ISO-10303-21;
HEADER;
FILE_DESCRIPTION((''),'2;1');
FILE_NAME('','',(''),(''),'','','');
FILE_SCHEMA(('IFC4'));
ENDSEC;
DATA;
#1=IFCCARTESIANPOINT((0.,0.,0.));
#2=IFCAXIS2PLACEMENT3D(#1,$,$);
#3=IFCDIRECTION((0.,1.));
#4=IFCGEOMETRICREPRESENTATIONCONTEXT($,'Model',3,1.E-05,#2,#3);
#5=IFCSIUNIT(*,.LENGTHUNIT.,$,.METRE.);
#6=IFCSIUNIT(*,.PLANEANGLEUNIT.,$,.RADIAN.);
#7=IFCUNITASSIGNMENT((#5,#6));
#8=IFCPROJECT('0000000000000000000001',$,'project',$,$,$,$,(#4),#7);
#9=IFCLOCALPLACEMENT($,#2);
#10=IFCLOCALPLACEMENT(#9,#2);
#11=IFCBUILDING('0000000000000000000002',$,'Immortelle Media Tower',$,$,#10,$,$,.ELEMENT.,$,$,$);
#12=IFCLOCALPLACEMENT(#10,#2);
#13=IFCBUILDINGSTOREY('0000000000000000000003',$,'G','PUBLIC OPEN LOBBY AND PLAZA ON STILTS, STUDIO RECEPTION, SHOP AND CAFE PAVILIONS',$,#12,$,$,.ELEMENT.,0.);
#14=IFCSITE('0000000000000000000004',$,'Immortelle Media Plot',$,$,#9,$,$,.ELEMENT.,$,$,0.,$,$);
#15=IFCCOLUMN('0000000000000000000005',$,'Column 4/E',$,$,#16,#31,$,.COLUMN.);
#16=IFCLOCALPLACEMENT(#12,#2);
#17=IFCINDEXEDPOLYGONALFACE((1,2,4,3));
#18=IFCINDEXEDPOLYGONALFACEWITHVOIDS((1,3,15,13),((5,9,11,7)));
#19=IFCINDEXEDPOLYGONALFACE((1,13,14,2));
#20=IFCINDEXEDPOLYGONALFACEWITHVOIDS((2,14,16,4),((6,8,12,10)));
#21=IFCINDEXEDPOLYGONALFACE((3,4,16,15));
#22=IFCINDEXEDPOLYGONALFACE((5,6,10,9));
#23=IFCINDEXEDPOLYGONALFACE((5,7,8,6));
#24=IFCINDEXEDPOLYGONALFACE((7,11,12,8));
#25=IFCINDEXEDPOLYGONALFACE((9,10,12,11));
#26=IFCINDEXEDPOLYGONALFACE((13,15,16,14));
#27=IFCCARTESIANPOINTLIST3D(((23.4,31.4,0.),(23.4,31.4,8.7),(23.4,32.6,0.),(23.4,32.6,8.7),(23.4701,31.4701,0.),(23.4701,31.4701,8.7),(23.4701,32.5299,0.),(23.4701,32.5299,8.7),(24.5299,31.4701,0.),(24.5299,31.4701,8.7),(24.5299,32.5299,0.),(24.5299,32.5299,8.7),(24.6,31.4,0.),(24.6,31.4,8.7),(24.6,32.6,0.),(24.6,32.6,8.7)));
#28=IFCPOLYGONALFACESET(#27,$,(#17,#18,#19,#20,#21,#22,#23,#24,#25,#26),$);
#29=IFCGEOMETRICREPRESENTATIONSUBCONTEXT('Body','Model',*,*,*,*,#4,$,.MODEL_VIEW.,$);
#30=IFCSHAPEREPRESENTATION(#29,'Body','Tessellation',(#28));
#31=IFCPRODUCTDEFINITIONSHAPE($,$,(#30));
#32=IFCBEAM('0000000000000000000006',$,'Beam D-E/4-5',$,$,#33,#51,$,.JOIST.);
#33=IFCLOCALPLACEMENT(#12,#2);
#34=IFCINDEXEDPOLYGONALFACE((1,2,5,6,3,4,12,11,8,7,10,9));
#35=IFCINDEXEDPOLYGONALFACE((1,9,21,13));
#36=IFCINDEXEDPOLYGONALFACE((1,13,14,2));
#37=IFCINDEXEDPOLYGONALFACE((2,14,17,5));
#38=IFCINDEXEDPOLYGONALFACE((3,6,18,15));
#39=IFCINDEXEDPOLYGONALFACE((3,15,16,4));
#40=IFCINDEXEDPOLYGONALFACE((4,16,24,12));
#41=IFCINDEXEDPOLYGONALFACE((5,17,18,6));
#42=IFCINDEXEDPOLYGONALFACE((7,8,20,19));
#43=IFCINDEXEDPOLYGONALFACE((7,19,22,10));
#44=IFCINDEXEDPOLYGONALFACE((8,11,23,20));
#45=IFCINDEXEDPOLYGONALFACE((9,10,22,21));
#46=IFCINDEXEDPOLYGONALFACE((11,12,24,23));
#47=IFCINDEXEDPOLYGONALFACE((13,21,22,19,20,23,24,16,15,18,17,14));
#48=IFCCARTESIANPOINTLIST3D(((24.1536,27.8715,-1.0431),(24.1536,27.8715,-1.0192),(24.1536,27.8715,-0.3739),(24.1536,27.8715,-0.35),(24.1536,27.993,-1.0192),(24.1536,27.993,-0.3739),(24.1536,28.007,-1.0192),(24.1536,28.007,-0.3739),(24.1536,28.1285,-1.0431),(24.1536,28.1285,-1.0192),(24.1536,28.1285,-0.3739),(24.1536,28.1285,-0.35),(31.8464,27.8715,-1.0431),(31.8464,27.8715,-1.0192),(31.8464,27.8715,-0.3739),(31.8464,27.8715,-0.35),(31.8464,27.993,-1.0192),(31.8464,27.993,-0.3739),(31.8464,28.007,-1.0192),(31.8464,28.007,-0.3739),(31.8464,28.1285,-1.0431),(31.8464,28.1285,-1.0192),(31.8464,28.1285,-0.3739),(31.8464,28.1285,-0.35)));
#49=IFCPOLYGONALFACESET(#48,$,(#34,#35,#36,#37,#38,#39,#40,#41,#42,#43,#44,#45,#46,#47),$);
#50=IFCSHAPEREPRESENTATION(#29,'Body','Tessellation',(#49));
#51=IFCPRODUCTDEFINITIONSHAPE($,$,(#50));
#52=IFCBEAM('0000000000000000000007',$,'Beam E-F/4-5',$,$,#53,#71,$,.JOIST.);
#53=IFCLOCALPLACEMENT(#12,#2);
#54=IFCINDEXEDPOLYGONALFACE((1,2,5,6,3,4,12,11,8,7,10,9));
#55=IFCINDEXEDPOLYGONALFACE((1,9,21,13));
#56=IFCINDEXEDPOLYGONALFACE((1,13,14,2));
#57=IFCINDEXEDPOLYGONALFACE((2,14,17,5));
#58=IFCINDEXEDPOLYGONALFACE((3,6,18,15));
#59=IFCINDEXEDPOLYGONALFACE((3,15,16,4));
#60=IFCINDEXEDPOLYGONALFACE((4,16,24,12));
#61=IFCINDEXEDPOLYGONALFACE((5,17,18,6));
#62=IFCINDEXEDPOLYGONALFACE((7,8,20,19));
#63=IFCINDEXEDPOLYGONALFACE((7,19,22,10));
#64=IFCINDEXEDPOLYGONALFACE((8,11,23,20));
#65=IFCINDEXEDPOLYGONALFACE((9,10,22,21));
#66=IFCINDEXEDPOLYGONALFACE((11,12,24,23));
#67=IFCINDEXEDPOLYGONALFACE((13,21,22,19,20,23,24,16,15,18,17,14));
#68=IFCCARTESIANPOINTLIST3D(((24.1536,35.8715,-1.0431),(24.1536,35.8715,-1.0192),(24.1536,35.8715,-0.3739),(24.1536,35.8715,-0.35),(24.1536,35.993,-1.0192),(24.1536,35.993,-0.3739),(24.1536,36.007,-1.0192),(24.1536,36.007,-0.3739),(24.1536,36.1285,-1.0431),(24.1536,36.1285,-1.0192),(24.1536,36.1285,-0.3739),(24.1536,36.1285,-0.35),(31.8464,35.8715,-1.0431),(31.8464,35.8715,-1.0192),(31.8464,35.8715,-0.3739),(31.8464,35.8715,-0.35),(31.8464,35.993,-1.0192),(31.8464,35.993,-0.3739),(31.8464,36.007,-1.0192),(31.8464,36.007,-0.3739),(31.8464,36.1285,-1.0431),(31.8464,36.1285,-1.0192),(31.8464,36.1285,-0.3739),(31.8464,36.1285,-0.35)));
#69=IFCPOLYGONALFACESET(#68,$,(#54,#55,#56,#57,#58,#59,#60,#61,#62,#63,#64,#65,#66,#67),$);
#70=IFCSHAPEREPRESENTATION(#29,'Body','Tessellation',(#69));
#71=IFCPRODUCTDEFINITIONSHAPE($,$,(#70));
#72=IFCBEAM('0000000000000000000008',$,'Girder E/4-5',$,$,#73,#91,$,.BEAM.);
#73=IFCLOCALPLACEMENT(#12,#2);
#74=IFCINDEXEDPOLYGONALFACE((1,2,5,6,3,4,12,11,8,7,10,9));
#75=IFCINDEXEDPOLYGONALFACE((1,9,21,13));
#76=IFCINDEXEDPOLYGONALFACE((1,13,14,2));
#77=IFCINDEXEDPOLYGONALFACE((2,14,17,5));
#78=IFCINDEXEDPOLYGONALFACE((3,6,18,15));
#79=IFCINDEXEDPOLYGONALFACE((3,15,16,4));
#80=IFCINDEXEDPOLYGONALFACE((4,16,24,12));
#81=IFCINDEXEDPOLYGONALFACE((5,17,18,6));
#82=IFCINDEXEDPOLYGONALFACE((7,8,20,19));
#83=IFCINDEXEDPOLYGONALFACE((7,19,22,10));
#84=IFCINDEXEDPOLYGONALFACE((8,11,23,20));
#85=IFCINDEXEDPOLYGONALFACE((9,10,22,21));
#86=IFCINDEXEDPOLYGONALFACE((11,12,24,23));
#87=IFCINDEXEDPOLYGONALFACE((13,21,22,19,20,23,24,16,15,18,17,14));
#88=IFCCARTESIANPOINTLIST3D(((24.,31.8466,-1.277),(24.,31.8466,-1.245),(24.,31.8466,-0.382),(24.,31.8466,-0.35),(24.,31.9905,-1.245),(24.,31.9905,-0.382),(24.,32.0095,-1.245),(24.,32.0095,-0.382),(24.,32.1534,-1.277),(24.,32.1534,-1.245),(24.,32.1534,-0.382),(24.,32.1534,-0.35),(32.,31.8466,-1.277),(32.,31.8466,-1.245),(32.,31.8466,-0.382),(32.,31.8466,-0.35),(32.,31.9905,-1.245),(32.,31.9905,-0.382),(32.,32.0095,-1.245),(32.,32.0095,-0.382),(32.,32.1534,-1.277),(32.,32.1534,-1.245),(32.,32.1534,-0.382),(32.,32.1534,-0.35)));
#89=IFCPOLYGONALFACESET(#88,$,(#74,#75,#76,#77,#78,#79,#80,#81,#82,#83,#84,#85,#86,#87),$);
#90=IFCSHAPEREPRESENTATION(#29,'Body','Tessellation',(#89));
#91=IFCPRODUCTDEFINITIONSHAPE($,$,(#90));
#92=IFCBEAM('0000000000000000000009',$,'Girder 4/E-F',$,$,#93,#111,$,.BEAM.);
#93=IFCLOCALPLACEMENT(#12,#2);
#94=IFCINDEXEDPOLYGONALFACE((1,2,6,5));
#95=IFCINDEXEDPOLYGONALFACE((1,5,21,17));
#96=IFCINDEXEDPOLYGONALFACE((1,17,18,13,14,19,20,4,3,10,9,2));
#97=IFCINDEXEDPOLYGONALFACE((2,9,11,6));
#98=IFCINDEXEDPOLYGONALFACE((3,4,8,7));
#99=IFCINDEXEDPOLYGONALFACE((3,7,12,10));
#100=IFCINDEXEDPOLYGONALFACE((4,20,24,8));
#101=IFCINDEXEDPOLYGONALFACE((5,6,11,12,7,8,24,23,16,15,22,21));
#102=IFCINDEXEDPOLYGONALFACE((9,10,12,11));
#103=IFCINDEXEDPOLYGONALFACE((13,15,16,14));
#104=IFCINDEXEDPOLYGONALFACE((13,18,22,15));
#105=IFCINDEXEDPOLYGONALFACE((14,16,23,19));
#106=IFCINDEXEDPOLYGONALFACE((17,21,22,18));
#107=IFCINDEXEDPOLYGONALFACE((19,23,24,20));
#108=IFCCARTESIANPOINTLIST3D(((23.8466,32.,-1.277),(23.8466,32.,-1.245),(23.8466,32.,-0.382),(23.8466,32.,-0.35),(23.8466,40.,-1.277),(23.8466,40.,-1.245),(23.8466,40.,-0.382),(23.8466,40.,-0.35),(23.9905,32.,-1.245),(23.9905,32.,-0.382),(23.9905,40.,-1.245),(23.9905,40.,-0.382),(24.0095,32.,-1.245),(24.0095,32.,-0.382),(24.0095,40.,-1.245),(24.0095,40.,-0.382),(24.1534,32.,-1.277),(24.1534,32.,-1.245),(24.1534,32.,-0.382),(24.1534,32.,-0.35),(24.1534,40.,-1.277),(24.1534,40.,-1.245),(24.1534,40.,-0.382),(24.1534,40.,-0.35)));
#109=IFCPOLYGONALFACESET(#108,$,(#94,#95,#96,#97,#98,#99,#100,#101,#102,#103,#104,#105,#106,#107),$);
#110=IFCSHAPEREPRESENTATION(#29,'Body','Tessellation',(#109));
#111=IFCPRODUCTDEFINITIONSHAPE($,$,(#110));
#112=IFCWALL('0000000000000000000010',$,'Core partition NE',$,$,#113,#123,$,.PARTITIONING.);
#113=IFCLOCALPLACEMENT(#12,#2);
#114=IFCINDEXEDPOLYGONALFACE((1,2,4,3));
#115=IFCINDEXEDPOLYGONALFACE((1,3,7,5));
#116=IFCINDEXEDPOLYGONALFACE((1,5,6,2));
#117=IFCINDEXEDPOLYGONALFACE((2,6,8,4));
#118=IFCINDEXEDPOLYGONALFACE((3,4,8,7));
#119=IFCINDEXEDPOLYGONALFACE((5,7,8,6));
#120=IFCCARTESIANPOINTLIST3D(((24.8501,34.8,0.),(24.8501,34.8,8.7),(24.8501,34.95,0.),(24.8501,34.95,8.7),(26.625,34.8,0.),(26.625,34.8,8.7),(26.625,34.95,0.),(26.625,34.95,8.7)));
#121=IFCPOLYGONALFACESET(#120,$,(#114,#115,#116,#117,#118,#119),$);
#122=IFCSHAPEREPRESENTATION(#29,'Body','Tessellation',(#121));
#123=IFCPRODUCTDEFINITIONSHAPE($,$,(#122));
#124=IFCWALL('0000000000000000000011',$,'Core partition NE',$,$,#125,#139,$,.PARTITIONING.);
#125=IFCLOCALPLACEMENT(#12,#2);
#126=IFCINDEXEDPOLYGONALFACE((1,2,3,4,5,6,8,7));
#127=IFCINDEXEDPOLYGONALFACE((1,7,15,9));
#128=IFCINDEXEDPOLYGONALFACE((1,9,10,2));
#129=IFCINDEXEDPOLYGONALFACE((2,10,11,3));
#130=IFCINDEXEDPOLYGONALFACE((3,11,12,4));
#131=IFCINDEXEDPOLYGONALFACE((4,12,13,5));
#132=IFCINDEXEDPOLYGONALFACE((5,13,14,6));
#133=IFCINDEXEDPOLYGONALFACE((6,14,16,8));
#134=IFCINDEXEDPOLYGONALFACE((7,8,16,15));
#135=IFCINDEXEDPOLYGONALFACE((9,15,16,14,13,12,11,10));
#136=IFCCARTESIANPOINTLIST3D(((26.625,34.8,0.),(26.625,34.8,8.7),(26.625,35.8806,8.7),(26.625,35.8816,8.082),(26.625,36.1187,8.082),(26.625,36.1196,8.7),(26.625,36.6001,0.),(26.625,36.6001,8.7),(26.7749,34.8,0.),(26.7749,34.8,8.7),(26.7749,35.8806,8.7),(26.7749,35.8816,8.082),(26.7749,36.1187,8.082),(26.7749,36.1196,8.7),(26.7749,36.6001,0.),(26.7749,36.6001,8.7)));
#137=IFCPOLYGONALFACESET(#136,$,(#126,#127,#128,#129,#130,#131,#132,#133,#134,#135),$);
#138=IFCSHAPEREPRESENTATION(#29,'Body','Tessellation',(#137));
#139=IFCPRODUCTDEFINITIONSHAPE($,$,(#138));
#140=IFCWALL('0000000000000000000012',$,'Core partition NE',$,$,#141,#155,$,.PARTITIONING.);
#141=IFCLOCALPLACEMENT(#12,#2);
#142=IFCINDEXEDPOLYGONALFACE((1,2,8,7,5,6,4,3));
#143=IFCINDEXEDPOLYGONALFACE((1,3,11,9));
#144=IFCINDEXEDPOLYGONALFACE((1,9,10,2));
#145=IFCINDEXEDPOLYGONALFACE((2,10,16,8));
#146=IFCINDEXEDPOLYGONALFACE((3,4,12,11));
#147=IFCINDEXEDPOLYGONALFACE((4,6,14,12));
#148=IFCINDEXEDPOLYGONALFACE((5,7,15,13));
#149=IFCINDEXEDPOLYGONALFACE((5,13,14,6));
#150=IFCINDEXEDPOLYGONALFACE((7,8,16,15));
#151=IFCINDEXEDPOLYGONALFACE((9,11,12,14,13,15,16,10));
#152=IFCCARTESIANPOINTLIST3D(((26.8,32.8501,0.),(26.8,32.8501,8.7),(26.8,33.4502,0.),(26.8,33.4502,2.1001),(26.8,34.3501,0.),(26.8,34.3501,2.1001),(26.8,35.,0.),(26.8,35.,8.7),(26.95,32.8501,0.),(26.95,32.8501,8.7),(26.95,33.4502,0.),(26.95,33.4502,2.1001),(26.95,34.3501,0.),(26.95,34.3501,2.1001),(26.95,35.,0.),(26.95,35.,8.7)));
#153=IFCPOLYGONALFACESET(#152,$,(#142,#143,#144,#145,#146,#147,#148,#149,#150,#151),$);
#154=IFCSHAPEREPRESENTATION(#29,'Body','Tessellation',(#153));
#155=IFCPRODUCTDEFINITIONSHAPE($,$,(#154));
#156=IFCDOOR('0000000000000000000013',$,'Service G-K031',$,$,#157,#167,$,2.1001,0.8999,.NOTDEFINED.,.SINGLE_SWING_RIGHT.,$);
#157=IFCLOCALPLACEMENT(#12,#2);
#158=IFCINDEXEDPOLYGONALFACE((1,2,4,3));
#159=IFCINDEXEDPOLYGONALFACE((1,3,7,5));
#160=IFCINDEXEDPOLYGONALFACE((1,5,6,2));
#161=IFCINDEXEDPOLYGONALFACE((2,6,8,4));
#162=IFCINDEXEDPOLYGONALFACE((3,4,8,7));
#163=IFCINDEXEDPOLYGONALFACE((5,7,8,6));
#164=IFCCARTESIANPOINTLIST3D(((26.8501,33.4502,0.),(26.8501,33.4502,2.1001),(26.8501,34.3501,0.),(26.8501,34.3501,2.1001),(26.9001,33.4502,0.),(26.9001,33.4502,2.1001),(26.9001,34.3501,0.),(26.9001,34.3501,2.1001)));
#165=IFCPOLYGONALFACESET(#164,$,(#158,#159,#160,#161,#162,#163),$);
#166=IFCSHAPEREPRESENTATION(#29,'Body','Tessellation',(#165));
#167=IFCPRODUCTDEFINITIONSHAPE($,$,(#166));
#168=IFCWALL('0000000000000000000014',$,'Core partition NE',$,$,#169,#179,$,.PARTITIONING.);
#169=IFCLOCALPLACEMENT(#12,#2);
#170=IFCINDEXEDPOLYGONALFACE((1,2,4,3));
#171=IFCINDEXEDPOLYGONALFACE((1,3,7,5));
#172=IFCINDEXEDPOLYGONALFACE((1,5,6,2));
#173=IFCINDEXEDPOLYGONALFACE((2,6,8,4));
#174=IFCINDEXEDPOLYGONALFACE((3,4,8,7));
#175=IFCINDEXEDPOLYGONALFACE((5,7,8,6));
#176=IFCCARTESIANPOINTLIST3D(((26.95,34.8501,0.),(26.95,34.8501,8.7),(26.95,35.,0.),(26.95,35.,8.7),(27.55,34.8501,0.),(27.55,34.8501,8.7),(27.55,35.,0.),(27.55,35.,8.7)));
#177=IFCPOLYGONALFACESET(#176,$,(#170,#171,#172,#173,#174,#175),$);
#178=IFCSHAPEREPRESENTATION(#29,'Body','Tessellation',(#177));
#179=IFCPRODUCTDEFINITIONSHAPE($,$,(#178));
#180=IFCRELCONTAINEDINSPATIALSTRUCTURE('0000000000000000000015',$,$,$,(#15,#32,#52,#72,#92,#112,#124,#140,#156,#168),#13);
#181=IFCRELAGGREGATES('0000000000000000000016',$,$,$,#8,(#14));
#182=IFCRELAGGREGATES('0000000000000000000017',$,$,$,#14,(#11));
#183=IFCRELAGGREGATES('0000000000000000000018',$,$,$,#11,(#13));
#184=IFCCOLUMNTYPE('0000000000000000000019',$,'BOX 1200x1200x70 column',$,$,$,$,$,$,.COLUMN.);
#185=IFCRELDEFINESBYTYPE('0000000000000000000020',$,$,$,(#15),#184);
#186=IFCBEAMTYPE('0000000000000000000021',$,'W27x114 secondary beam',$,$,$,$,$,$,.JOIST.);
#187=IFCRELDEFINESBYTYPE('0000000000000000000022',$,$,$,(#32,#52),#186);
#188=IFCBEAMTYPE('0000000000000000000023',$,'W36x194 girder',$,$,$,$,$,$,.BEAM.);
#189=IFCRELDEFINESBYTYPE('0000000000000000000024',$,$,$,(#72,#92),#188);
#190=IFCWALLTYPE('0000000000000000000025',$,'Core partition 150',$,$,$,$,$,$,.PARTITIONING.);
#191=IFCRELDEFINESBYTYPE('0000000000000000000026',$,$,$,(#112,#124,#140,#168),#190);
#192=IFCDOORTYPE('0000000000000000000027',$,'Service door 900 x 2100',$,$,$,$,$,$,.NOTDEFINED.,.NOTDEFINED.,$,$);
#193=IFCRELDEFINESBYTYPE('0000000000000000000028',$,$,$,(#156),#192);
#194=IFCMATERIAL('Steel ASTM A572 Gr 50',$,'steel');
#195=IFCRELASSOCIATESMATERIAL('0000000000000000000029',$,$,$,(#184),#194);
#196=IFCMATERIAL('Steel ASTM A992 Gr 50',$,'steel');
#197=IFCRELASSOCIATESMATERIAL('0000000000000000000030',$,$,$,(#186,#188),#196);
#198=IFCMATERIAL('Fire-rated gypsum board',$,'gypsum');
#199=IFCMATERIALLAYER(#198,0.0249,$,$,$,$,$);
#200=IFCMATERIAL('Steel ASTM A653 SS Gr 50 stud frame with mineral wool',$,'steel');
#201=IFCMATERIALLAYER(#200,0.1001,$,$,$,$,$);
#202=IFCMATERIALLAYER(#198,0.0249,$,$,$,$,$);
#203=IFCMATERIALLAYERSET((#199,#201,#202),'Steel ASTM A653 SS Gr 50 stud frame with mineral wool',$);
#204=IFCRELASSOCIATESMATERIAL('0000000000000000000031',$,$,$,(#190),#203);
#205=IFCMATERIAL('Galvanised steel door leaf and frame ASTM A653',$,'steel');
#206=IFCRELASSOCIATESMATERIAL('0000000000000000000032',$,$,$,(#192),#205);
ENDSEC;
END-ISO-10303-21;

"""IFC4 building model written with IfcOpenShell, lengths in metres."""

from ifc_helpers import new_model, si_unit, direction, frame, frame_2d, origin, origin_2d, place, context, subcontext, project, spatial, polyline, rectangle, hollow_rectangle, i_section, outline, extrude, material, layer, layer_set, material_profile, profile_set, type_object, element, fill, save


model = new_model("IFC4")

# Units and contexts
model_context = context("Model", 3, precision=1e-05, world=origin(), true_north=direction((0.0, 1.0)))
body_context = subcontext(model_context, "Body", "Model", "MODEL_VIEW")
ifc_project = project(units=[si_unit("LENGTHUNIT", "METRE"), si_unit("PLANEANGLEUNIT", "RADIAN")], contexts=[model_context])

# Site, building, storey
site_placement = place(None, origin())
site = spatial("IfcSite", under=ifc_project, at=site_placement, Name="Immortelle Media Plot", CompositionType="ELEMENT", RefElevation=0.0)
building_placement = place(site_placement, origin())
building = spatial("IfcBuilding", under=site, at=building_placement, Name="Immortelle Media Tower", CompositionType="ELEMENT")
storey_placement = place(building_placement, origin())
storey = spatial("IfcBuildingStorey", under=building, at=storey_placement, Name="G", Description="PUBLIC OPEN LOBBY AND PLAZA ON STILTS, STUDIO RECEPTION, SHOP AND CAFE PAVILIONS", CompositionType="ELEMENT", Elevation=0.0)

# Column
ifc_material_1 = material(Name="Steel ASTM A572 Gr 50", Category="steel")
ifc_material_profile_1 = material_profile(ifc_material_1, hollow_rectangle(XDim=1.2, YDim=1.2, WallThickness=0.0701, at=origin_2d()), Name="BOX 1200x1200x70 column")
ifc_profile_set_1 = profile_set([ifc_material_profile_1], Name="Steel ASTM A572 Gr 50")
column_type = type_object("IfcColumnType", Name="BOX 1200x1200x70 column", PredefinedType="COLUMN", material=ifc_profile_set_1)
column_placement = place(storey_placement, frame((24.0, 32.0, 0.0), z_axis=(0.0, 0.0, 1.0), x_axis=(1.0, 0.0, 0.0)))
element("IfcColumn", 1, at=column_placement, inside=storey, type_object=column_type, Name="Column 4/E", PredefinedType="COLUMN", context=body_context, shape_type="SweptSolid", body=[
    extrude(hollow_rectangle(XDim=1.2, YDim=1.2, WallThickness=0.0701, at=origin_2d()), origin(), (0.0, 0.0, 1.0), 8.7),
])

# Beams
ifc_material_2 = material(Name="Steel ASTM A992 Gr 50", Category="steel")
ifc_material_profile_2 = material_profile(ifc_material_2, i_section(OverallWidth=0.2571, OverallDepth=0.6931, WebThickness=0.0139, FlangeThickness=0.0239, at=origin_2d()), Name="W27x114")
ifc_profile_set_2 = profile_set([ifc_material_profile_2], Name="Steel ASTM A992 Gr 50")
beam_type_1 = type_object("IfcBeamType", Name="W27x114 secondary beam", PredefinedType="JOIST", material=ifc_profile_set_2)
for number, where, z_axis, x_axis, name in (
    (2, (24.1536, 28.0, -0.6965), (1.0, 0.0, 0.0), (0.0, 1.0, 0.0), "Beam D-E/4-5"),
    (3, (24.1536, 36.0, -0.6965), (1.0, 0.0, 0.0), (0.0, 1.0, 0.0), "Beam E-F/4-5"),
):
    element("IfcBeam", number, at=place(storey_placement, frame(where, z_axis=z_axis, x_axis=x_axis)), inside=storey, type_object=beam_type_1, Name=name, PredefinedType="JOIST", context=body_context, shape_type="SweptSolid", body=[
        extrude(i_section(OverallWidth=0.2571, OverallDepth=0.6931, WebThickness=0.0139, FlangeThickness=0.0239, at=origin_2d()), origin(), (0.0, 0.0, 1.0), 7.6929),
    ])
ifc_material_profile_3 = material_profile(ifc_material_2, i_section(OverallWidth=0.3069, OverallDepth=0.927, WebThickness=0.019, FlangeThickness=0.032, at=origin_2d()), Name="W36x194")
ifc_profile_set_3 = profile_set([ifc_material_profile_3], Name="Steel ASTM A992 Gr 50")
beam_type_2 = type_object("IfcBeamType", Name="W36x194 girder", PredefinedType="BEAM", material=ifc_profile_set_3)
for number, where, z_axis, x_axis, name in (
    (4, (24.0, 32.0, -0.8135), (1.0, 0.0, 0.0), (0.0, 1.0, 0.0), "Girder E/4-5"),
    (5, (24.0, 32.0, -0.8135), (0.0, 1.0, 0.0), (-1.0, 0.0, 0.0), "Girder 4/E-F"),
):
    element("IfcBeam", number, at=place(storey_placement, frame(where, z_axis=z_axis, x_axis=x_axis)), inside=storey, type_object=beam_type_2, Name=name, PredefinedType="BEAM", context=body_context, shape_type="SweptSolid", body=[
        extrude(i_section(OverallWidth=0.3069, OverallDepth=0.927, WebThickness=0.019, FlangeThickness=0.032, at=origin_2d()), origin(), (0.0, 0.0, 1.0), 8.0),
    ])

# Walls
ifc_material_3 = material(Name="Fire-rated gypsum board", Category="gypsum")
ifc_layer_1 = layer(ifc_material_3, 0.0249)
ifc_material_4 = material(Name="Steel ASTM A653 SS Gr 50 stud frame with mineral wool", Category="steel")
ifc_layer_2 = layer(ifc_material_4, 0.1001)
ifc_layer_3 = layer(ifc_material_3, 0.0249)
ifc_layer_set_1 = layer_set([ifc_layer_1, ifc_layer_2, ifc_layer_3], Name="Steel ASTM A653 SS Gr 50 stud frame with mineral wool")
wall_type_1 = type_object("IfcWallType", Name="Core partition 150", PredefinedType="PARTITIONING", material=ifc_layer_set_1)
wall_1_placement = place(storey_placement, frame((24.8501, 34.875, 0.0), z_axis=(0.0, 0.0, 1.0), x_axis=(1.0, 0.0, 0.0)))
element("IfcWall", 6, at=wall_1_placement, inside=storey, type_object=wall_type_1, Name="Core partition NE", PredefinedType="PARTITIONING", context=body_context, shape_type="SweptSolid", body=[
    extrude(rectangle(XDim=1.7749, YDim=0.1499, at=frame_2d((0.8875, 0.0))), origin(), (0.0, 0.0, 1.0), 8.7),
])
wall_2_placement = place(storey_placement, frame((26.7, 34.8, 0.0), z_axis=(0.0, 0.0, 1.0), x_axis=(0.0, 1.0, 0.0)))
element("IfcWall", 7, at=wall_2_placement, inside=storey, type_object=wall_type_1, Name="Core partition NE", PredefinedType="PARTITIONING", context=body_context, shape_type="SweptSolid", body=[
    extrude(outline(polyline([(0.0, 0.0), (1.8, 0.0), (1.8, 8.7), (1.3196, 8.7), (1.3186, 8.082), (1.0815, 8.082), (1.0806, 8.7), (0.0, 8.7), (0.0, 0.0)])), frame((0.0, 0.075, 0.0), z_axis=(0.0, -1.0, 0.0), x_axis=(1.0, 0.0, 0.0)), (0.0, 0.0, 1.0), 0.1499),
])

# Wall, opening, door
wall_3_placement = place(storey_placement, frame((26.875, 32.8501, 0.0), z_axis=(0.0, 0.0, 1.0), x_axis=(0.0, 1.0, 0.0)))
wall_3 = element("IfcWall", 8, at=wall_3_placement, inside=storey, type_object=wall_type_1, Name="Core partition NE", PredefinedType="PARTITIONING", context=body_context, shape_type="SweptSolid", body=[
    extrude(rectangle(XDim=2.1499, YDim=0.1499, at=frame_2d((1.075, 0.0))), origin(), (0.0, 0.0, 1.0), 8.7),
])
opening_1_placement = place(wall_3_placement, frame((0.6001, 0.0, 0.0)))
opening_1 = element("IfcOpeningElement", 9, at=opening_1_placement, cuts=wall_3, PredefinedType="OPENING", context=body_context, shape_type="SweptSolid", body=[
    extrude(rectangle(XDim=0.8999, YDim=2.1001, at=frame_2d((0.45, 1.05))), frame((0.0, 0.085, 0.0), z_axis=(0.0, -1.0, 0.0), x_axis=(1.0, 0.0, 0.0)), (0.0, 0.0, 1.0), 0.1699),
])
ifc_material_5 = material(Name="Galvanised steel door leaf and frame ASTM A653", Category="steel")
door_type_1 = type_object("IfcDoorType", Name="Service door 900 x 2100", OperationType="NOTDEFINED", PredefinedType="NOTDEFINED", material=ifc_material_5)
door_1_placement = place(opening_1_placement, origin())
door_1 = element("IfcDoor", 10, at=door_1_placement, inside=storey, type_object=door_type_1, Name="Service G-K031", OperationType="SINGLE_SWING_RIGHT", OverallHeight=2.1001, OverallWidth=0.8999, PredefinedType="NOTDEFINED", context=body_context, shape_type="SweptSolid", body=[
    extrude(rectangle(XDim=0.8999, YDim=2.1001, at=frame_2d((0.45, 1.05))), frame((0.0, 0.0249, 0.0), z_axis=(0.0, -1.0, 0.0), x_axis=(1.0, 0.0, 0.0)), (0.0, 0.0, 1.0), 0.05),
])
fill(opening_1, door_1)

# Wall
wall_4_placement = place(storey_placement, frame((26.95, 34.925, 0.0), z_axis=(0.0, 0.0, 1.0), x_axis=(1.0, 0.0, 0.0)))
element("IfcWall", 11, at=wall_4_placement, inside=storey, type_object=wall_type_1, Name="Core partition NE", PredefinedType="PARTITIONING", context=body_context, shape_type="SweptSolid", body=[
    extrude(rectangle(XDim=0.6001, YDim=0.1499, at=frame_2d((0.3, 0.0))), origin(), (0.0, 0.0, 1.0), 8.7),
])

save(model, "model.ifc")
